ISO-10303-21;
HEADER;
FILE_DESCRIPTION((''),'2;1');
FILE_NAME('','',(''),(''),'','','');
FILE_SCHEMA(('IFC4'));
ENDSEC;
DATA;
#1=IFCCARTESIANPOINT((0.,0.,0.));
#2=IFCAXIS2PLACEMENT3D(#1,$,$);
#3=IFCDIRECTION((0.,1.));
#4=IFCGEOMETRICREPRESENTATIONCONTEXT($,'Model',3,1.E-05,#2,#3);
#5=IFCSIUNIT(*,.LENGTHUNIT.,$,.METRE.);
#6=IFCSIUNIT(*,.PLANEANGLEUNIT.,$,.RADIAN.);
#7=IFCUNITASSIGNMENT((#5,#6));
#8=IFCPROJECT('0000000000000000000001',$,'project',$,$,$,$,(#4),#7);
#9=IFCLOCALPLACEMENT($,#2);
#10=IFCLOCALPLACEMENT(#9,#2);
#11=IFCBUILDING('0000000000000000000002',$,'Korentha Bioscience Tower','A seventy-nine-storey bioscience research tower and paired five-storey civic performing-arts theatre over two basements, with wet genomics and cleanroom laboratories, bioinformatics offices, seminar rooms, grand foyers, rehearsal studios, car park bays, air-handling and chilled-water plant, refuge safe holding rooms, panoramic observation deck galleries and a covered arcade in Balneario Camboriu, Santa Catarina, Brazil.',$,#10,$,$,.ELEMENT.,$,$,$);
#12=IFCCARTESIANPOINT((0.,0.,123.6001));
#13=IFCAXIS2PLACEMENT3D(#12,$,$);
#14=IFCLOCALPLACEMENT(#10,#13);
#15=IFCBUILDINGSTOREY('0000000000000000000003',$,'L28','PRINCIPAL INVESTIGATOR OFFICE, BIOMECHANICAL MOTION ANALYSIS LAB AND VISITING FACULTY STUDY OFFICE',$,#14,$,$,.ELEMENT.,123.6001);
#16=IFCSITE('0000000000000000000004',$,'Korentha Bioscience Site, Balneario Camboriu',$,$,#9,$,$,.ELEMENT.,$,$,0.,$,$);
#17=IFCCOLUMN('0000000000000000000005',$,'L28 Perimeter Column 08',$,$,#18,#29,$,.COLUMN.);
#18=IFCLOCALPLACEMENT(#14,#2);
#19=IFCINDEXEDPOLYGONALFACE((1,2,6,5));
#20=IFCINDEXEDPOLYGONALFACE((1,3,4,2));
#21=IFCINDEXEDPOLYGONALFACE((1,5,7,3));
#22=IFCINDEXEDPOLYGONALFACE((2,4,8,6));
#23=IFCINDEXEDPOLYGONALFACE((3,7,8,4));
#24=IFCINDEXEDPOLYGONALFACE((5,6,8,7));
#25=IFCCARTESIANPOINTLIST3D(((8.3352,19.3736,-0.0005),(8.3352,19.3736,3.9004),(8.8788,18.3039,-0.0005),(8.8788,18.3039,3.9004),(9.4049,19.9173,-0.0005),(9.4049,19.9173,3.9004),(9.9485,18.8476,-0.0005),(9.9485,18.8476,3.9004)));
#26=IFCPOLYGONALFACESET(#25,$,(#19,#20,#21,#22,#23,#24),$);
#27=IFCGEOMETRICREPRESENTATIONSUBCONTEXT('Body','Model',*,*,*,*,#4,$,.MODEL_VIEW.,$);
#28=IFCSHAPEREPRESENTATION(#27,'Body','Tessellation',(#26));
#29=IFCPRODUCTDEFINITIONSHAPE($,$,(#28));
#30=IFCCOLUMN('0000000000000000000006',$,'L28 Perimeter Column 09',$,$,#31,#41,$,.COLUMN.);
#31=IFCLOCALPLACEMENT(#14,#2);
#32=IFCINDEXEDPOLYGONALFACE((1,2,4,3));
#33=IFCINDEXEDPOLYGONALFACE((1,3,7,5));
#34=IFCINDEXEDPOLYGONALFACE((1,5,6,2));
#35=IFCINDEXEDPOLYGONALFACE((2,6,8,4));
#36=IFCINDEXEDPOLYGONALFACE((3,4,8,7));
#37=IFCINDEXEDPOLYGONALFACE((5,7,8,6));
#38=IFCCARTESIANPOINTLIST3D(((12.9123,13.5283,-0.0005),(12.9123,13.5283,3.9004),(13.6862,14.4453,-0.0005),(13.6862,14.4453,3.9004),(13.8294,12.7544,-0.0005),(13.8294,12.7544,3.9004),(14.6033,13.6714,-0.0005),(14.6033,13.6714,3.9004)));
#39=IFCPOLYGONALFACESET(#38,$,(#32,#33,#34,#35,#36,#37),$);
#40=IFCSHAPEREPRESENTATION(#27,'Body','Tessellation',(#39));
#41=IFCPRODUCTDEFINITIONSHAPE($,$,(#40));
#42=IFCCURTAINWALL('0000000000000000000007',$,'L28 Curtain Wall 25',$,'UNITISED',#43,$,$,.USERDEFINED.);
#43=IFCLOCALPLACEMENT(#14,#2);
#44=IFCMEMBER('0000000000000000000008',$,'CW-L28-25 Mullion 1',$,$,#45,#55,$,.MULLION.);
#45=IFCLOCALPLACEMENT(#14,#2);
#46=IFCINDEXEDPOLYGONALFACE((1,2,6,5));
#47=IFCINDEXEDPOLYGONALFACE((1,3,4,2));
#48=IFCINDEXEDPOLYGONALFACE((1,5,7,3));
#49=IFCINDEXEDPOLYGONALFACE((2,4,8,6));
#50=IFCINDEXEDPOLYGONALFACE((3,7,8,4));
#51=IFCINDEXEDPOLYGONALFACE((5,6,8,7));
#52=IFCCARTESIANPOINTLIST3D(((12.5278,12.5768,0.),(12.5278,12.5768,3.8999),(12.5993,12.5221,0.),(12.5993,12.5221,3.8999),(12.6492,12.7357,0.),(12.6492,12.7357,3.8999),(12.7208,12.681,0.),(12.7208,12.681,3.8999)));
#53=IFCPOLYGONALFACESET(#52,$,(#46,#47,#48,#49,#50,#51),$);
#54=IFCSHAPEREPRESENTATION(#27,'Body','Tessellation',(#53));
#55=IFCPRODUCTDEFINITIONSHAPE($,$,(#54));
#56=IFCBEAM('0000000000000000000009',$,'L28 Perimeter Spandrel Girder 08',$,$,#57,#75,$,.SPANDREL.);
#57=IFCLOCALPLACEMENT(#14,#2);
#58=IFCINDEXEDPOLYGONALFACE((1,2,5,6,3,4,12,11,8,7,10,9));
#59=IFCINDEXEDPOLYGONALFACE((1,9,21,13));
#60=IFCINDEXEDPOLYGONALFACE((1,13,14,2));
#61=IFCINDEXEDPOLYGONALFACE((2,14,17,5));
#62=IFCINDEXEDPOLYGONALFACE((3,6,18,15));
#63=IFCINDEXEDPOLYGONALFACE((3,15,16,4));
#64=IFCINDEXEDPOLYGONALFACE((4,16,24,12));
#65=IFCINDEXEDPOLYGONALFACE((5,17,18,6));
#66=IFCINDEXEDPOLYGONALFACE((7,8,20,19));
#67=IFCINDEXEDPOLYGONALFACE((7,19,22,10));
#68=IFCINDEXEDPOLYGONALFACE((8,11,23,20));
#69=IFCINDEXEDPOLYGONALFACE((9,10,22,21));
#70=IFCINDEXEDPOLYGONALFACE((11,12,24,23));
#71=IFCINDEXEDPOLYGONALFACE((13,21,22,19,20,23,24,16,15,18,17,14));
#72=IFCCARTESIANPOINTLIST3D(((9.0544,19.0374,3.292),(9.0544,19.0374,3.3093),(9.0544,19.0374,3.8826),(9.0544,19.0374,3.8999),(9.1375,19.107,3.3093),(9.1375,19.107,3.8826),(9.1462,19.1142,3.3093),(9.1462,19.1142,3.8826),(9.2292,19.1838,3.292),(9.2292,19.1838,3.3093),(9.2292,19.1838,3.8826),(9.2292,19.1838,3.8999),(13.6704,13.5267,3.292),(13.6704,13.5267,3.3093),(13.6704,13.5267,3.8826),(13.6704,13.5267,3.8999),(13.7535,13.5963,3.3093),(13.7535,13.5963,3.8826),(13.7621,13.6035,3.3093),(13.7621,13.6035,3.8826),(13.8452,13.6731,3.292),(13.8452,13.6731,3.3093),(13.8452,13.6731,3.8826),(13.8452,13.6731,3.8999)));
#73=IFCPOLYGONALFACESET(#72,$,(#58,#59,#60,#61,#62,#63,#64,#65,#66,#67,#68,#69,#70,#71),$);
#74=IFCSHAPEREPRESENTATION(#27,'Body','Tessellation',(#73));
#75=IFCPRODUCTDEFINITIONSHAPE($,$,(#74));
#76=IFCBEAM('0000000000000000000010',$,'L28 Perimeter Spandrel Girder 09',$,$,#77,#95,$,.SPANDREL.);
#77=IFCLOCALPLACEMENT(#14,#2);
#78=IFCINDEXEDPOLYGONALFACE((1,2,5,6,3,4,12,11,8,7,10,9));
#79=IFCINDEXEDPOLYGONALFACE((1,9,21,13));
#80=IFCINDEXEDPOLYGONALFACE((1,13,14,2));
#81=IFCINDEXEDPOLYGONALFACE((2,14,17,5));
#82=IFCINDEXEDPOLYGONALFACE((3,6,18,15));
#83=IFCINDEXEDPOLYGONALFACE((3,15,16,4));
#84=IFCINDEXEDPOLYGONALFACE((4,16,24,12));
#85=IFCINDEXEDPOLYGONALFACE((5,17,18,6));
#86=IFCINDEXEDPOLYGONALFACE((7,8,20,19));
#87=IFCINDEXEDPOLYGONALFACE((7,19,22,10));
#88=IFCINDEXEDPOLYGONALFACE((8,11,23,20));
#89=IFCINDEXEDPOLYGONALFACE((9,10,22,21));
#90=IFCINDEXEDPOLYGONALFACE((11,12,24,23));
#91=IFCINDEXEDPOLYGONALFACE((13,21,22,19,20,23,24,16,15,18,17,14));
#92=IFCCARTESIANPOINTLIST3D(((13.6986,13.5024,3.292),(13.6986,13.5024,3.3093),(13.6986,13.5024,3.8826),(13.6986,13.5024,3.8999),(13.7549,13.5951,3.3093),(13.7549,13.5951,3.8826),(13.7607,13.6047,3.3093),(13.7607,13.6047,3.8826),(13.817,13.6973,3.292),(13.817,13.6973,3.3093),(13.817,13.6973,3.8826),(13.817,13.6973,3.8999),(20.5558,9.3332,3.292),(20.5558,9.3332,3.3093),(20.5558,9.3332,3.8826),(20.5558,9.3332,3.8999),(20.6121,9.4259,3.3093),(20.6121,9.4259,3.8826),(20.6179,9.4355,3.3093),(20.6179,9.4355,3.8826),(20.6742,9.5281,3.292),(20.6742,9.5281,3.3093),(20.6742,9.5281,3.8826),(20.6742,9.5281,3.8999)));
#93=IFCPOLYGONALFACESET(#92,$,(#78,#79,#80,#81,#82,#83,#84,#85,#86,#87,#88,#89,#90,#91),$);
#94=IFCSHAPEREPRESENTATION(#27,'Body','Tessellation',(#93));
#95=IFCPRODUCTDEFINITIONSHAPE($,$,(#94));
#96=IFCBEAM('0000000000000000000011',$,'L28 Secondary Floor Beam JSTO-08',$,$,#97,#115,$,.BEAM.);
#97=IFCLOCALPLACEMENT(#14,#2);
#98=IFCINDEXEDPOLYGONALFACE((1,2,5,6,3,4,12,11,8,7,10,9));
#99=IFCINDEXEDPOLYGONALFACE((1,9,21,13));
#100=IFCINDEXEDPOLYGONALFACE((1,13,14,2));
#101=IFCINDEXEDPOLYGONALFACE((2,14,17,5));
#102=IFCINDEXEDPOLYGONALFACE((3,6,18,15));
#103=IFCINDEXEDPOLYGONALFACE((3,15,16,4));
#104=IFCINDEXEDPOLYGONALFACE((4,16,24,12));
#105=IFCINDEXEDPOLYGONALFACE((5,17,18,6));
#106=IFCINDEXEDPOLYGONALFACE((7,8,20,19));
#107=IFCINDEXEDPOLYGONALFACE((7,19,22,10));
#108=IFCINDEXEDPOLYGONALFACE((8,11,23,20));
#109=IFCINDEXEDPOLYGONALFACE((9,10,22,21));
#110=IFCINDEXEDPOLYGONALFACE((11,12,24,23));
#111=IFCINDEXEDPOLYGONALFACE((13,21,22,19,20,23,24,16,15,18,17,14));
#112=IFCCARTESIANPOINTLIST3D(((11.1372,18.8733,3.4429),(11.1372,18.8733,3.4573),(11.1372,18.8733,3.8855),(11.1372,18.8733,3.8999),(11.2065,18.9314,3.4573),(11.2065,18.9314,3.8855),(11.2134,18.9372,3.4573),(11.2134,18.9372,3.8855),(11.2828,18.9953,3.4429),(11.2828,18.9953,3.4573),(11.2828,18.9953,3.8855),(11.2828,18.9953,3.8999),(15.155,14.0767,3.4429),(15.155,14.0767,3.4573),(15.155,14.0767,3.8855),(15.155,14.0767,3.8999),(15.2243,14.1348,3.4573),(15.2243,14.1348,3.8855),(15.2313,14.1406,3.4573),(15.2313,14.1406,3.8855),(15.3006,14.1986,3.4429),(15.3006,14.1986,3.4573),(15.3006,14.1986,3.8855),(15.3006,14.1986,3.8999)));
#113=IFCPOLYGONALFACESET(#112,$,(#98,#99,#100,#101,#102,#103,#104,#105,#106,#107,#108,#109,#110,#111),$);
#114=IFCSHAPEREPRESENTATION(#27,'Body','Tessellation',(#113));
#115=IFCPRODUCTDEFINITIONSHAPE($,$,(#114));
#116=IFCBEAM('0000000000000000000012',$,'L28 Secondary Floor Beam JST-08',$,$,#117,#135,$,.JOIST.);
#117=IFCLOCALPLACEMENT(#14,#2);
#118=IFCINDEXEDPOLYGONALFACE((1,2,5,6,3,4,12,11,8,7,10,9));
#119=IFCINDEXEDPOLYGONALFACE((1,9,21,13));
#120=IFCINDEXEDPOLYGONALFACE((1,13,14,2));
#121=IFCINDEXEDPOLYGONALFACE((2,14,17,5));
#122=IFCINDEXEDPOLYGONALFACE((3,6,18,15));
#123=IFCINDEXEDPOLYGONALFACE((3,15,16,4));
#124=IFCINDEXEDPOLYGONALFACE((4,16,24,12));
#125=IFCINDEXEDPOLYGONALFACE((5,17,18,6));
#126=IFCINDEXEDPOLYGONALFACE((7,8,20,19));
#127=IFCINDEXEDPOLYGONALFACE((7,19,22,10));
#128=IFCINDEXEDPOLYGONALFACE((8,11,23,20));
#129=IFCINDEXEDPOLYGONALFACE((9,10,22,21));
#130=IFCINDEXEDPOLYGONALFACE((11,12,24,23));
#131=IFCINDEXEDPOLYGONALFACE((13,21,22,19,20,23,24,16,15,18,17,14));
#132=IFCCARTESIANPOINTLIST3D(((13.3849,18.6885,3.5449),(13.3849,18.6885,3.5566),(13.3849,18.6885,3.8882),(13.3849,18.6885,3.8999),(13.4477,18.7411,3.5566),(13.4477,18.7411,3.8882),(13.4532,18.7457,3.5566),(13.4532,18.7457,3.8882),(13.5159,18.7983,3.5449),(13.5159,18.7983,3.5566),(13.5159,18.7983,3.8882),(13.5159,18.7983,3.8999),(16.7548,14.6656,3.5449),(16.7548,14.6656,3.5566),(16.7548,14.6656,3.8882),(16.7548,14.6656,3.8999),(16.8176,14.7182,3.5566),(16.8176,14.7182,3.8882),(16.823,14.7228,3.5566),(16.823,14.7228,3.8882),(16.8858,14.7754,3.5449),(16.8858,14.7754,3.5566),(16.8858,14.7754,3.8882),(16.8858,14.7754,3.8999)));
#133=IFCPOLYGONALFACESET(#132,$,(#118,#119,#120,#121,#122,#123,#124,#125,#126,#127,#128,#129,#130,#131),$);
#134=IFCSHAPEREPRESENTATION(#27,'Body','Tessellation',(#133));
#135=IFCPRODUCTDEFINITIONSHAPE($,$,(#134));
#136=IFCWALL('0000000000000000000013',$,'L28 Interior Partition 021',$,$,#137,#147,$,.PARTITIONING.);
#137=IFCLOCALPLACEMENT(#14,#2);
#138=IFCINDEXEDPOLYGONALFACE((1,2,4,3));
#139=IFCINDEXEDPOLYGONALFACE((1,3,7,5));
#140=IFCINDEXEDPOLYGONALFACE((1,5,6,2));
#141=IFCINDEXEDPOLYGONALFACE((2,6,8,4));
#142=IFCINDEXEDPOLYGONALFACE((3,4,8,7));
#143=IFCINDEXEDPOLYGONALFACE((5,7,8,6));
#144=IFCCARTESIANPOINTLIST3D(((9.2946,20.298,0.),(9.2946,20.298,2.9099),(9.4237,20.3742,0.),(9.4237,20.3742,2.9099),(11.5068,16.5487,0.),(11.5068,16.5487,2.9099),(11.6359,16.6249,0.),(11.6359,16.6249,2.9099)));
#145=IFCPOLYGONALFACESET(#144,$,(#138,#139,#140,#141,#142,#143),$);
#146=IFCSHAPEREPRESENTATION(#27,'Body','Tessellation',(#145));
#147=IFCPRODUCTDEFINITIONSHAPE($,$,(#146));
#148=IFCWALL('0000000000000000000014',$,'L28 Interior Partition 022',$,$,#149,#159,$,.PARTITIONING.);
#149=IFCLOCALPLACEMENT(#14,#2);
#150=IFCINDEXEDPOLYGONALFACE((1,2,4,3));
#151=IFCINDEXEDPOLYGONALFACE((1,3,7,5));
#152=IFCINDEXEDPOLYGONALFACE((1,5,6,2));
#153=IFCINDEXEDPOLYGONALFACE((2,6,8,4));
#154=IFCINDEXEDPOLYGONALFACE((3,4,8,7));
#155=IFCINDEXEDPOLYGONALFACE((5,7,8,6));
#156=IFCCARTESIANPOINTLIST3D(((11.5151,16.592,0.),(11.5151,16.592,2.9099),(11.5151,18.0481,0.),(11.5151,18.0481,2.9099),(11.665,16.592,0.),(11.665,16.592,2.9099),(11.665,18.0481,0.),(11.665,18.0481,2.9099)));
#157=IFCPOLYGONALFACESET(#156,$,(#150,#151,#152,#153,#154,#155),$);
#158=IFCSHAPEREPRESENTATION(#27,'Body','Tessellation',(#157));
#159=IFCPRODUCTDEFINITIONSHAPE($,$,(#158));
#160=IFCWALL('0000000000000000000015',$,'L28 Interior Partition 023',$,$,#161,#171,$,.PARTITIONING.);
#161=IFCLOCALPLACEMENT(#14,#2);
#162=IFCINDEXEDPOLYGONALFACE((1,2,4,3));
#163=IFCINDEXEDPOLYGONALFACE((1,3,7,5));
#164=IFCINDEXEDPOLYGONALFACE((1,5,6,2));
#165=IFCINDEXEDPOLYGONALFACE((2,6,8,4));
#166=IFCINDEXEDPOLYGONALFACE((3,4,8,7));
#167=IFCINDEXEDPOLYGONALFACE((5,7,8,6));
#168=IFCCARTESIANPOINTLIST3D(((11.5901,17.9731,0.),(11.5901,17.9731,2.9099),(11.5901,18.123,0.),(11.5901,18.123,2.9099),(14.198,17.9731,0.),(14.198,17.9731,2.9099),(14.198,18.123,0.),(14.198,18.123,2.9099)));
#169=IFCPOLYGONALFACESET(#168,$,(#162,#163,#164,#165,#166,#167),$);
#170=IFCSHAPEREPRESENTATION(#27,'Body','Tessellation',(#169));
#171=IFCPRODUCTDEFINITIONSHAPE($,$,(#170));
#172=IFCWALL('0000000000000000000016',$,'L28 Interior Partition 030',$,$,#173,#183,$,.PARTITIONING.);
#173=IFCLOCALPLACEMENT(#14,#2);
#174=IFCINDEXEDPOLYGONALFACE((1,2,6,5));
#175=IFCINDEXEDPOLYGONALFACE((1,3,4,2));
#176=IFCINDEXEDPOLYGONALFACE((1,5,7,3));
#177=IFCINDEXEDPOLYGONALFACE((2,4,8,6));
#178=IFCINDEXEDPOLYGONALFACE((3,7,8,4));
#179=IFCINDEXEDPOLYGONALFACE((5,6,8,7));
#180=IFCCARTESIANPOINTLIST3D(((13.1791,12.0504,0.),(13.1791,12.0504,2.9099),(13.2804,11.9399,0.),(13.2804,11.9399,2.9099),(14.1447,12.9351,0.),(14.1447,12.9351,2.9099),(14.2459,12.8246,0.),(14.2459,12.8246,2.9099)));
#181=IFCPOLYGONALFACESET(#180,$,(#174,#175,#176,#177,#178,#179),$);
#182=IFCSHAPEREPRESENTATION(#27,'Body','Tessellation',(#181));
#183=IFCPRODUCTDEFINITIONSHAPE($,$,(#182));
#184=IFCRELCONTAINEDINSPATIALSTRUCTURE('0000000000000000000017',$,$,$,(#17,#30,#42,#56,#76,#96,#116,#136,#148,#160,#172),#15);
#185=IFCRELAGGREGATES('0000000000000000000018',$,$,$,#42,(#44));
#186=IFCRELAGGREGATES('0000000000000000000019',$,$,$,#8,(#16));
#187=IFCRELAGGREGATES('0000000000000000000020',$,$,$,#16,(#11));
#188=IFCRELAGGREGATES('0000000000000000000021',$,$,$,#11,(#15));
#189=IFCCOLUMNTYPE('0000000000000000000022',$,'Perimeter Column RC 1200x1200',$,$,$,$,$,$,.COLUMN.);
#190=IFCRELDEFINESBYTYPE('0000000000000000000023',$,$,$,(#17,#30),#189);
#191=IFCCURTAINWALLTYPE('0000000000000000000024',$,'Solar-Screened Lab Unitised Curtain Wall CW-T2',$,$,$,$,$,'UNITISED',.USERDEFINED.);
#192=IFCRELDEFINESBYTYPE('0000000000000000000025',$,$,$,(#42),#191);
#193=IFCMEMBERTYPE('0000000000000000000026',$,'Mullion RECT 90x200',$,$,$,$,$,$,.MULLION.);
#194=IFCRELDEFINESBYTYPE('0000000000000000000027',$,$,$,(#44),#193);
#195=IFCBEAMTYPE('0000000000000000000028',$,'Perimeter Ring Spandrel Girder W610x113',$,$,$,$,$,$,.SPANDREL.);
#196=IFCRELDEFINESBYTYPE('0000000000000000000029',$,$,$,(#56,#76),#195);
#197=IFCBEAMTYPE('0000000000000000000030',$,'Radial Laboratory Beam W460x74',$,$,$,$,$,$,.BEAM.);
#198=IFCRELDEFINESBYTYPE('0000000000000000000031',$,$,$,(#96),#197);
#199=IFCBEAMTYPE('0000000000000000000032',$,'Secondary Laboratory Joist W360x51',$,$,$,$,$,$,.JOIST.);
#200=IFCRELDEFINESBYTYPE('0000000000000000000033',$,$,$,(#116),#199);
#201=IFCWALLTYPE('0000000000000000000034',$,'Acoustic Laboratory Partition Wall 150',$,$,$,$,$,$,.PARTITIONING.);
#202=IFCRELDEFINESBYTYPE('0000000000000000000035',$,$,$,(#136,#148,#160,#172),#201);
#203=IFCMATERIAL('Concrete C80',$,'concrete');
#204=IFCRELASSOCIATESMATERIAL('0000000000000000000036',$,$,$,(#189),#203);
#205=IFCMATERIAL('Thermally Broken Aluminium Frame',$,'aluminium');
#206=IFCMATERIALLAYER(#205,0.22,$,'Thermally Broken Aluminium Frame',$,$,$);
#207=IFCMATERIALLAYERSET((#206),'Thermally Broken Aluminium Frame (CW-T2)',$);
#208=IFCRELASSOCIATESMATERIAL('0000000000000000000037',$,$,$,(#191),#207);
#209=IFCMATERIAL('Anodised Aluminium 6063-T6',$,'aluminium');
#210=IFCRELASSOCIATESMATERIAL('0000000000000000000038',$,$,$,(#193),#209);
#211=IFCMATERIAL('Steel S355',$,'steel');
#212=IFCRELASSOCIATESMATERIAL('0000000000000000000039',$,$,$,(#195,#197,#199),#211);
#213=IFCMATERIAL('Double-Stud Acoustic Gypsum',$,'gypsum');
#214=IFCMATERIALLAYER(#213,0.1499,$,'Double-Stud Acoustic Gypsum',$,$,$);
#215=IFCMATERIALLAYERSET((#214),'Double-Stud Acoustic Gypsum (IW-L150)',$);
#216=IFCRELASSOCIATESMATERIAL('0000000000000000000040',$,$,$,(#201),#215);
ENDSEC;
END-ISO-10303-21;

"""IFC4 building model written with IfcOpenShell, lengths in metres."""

from ifc_helpers import new_model, si_unit, direction, frame, frame_2d, origin, origin_2d, place, context, subcontext, project, spatial, rectangle, i_section, extrude, material, layer, layer_set, material_profile, profile_set, type_object, element, aggregate, save


model = new_model("IFC4")

# Units and contexts
model_context = context("Model", 3, precision=1e-05, world=origin(), true_north=direction((0.0, 1.0)))
body_context = subcontext(model_context, "Body", "Model", "MODEL_VIEW")
ifc_project = project(units=[si_unit("LENGTHUNIT", "METRE"), si_unit("PLANEANGLEUNIT", "RADIAN")], contexts=[model_context])

# Site, building, storey
site_placement = place(None, origin())
site = spatial("IfcSite", under=ifc_project, at=site_placement, Name="Korentha Bioscience Site, Balneario Camboriu", CompositionType="ELEMENT", RefElevation=0.0)
building_placement = place(site_placement, origin())
building = spatial("IfcBuilding", under=site, at=building_placement, Name="Korentha Bioscience Tower", Description="A seventy-nine-storey bioscience research tower and paired five-storey civic performing-arts theatre over two basements, with wet genomics and cleanroom laboratories, bioinformatics offices, seminar rooms, grand foyers, rehearsal studios, car park bays, air-handling and chilled-water plant, refuge safe holding rooms, panoramic observation deck galleries and a covered arcade in Balneario Camboriu, Santa Catarina, Brazil.", CompositionType="ELEMENT")
storey_placement = place(building_placement, frame((0.0, 0.0, 123.6001)))
storey = spatial("IfcBuildingStorey", under=building, at=storey_placement, Name="L28", Description="PRINCIPAL INVESTIGATOR OFFICE, BIOMECHANICAL MOTION ANALYSIS LAB AND VISITING FACULTY STUDY OFFICE", CompositionType="ELEMENT", Elevation=123.6001)

# Columns
ifc_material_1 = material(Name="Concrete C80", Category="concrete")
ifc_material_profile_1 = material_profile(ifc_material_1, rectangle(XDim=1.2, YDim=1.2, at=origin_2d()), Name="Concrete C80")
ifc_profile_set_1 = profile_set([ifc_material_profile_1], Name="Concrete C80 (COL-P12)")
column_type = type_object("IfcColumnType", Name="Perimeter Column RC 1200x1200", PredefinedType="COLUMN", material=ifc_profile_set_1)
for number, where, z_axis, x_axis, name in (
    (1, (9.1418, 19.1106, -0.0005), (0.0, 0.0, 1.0), (-0.453057, 0.891481, 0.0), "L28 Perimeter Column 08"),
    (2, (13.7578, 13.5999, -0.0005), (0.0, 0.0, 1.0), (-0.764246, 0.644924, 0.0), "L28 Perimeter Column 09"),
):
    element("IfcColumn", number, at=place(storey_placement, frame(where, z_axis=z_axis, x_axis=x_axis)), inside=storey, type_object=column_type, Name=name, PredefinedType="COLUMN", context=body_context, shape_type="SweptSolid", body=[
        extrude(rectangle(XDim=1.2, YDim=1.2, at=origin_2d()), origin(), (0.0, 0.0, 1.0), 3.9009),
    ])

# Curtain wall, member
ifc_material_2 = material(Name="Thermally Broken Aluminium Frame", Category="aluminium")
ifc_layer_1 = layer(ifc_material_2, 0.22, Name="Thermally Broken Aluminium Frame")
ifc_layer_set_1 = layer_set([ifc_layer_1], Name="Thermally Broken Aluminium Frame (CW-T2)")
curtain_wall_type = type_object("IfcCurtainWallType", Name="Solar-Screened Lab Unitised Curtain Wall CW-T2", ElementType="UNITISED", PredefinedType="USERDEFINED", material=ifc_layer_set_1)
curtain_wall_placement = place(storey_placement, origin())
curtain_wall = element("IfcCurtainWall", 3, at=curtain_wall_placement, inside=storey, type_object=curtain_wall_type, Name="L28 Curtain Wall 25", ObjectType="UNITISED", PredefinedType="USERDEFINED")
ifc_material_3 = material(Name="Anodised Aluminium 6063-T6", Category="aluminium")
ifc_material_profile_2 = material_profile(ifc_material_3, rectangle(XDim=0.0901, YDim=0.2, at=origin_2d()), Name="Anodised Aluminium 6063-T6")
ifc_profile_set_2 = profile_set([ifc_material_profile_2], Name="Anodised Aluminium 6063-T6 (CW-MUL)")
member_type = type_object("IfcMemberType", Name="Mullion RECT 90x200", PredefinedType="MULLION", material=ifc_profile_set_2)
member_placement = place(storey_placement, frame((12.6243, 12.6289, 0.0), z_axis=(0.0, 0.0, 1.0), x_axis=(0.7945, -0.607265, 0.0)))
member = element("IfcMember", 4, at=member_placement, type_object=member_type, Name="CW-L28-25 Mullion 1", PredefinedType="MULLION", context=body_context, shape_type="SweptSolid", body=[
    extrude(rectangle(XDim=0.0901, YDim=0.2, at=origin_2d()), origin(), (0.0, 0.0, 1.0), 3.8999),
])
aggregate(curtain_wall, [member])

# Beams
ifc_material_4 = material(Name="Steel S355", Category="steel")
ifc_material_profile_3 = material_profile(ifc_material_4, i_section(OverallWidth=0.228, OverallDepth=0.6079, WebThickness=0.0112, FlangeThickness=0.0173, at=origin_2d()), Name="Steel S355")
ifc_profile_set_3 = profile_set([ifc_material_profile_3], Name="Steel S355 (SB-610)")
beam_type_1 = type_object("IfcBeamType", Name="Perimeter Ring Spandrel Girder W610x113", PredefinedType="SPANDREL", material=ifc_profile_set_3)
beam_1_placement = place(storey_placement, frame((9.1418, 19.1106, 3.5959), z_axis=(0.642127, -0.766599, 0.0), x_axis=(0.766599, 0.642127, 0.0)))
element("IfcBeam", 5, at=beam_1_placement, inside=storey, type_object=beam_type_1, Name="L28 Perimeter Spandrel Girder 08", PredefinedType="SPANDREL", context=body_context, shape_type="SweptSolid", body=[
    extrude(i_section(OverallWidth=0.228, OverallDepth=0.6079, WebThickness=0.0112, FlangeThickness=0.0173, at=origin_2d()), origin(), (0.0, 0.0, 1.0), 7.1885),
])
beam_2_placement = place(storey_placement, frame((13.7578, 13.5999, 3.5959), z_axis=(0.854461, -0.519515, 0.0), x_axis=(0.519515, 0.854461, 0.0)))
element("IfcBeam", 6, at=beam_2_placement, inside=storey, type_object=beam_type_1, Name="L28 Perimeter Spandrel Girder 09", PredefinedType="SPANDREL", context=body_context, shape_type="SweptSolid", body=[
    extrude(i_section(OverallWidth=0.228, OverallDepth=0.6079, WebThickness=0.0112, FlangeThickness=0.0173, at=origin_2d()), origin(), (0.0, 0.0, 1.0), 8.0251),
])
ifc_material_profile_4 = material_profile(ifc_material_4, i_section(OverallWidth=0.1899, OverallDepth=0.457, WebThickness=0.009, FlangeThickness=0.0144, at=origin_2d()), Name="Steel S355")
ifc_profile_set_4 = profile_set([ifc_material_profile_4], Name="Steel S355 (RB-460)")
beam_type_2 = type_object("IfcBeamType", Name="Radial Laboratory Beam W460x74", PredefinedType="BEAM", material=ifc_profile_set_4)
beam_3_placement = place(storey_placement, frame((11.21, 18.9343, 3.6714), z_axis=(0.642128, -0.766597, 0.0), x_axis=(0.766597, 0.642128, 0.0)))
element("IfcBeam", 7, at=beam_3_placement, inside=storey, type_object=beam_type_2, Name="L28 Secondary Floor Beam JSTO-08", PredefinedType="BEAM", context=body_context, shape_type="SweptSolid", body=[
    extrude(i_section(OverallWidth=0.1899, OverallDepth=0.457, WebThickness=0.009, FlangeThickness=0.0144, at=origin_2d()), origin(), (0.0, 0.0, 1.0), 6.2571),
])
ifc_material_profile_5 = material_profile(ifc_material_4, i_section(OverallWidth=0.1709, OverallDepth=0.355, WebThickness=0.0071, FlangeThickness=0.0117, at=origin_2d()), Name="Steel S355")
ifc_profile_set_5 = profile_set([ifc_material_profile_5], Name="Steel S355 (JB-360)")
beam_type_3 = type_object("IfcBeamType", Name="Secondary Laboratory Joist W360x51", PredefinedType="JOIST", material=ifc_profile_set_5)
beam_4_placement = place(storey_placement, frame((13.4504, 18.7434, 3.7224), z_axis=(0.642141, -0.766587, 0.0), x_axis=(0.766587, 0.642141, 0.0)))
element("IfcBeam", 8, at=beam_4_placement, inside=storey, type_object=beam_type_3, Name="L28 Secondary Floor Beam JST-08", PredefinedType="JOIST", context=body_context, shape_type="SweptSolid", body=[
    extrude(i_section(OverallWidth=0.1709, OverallDepth=0.355, WebThickness=0.0071, FlangeThickness=0.0117, at=origin_2d()), origin(), (0.0, 0.0, 1.0), 5.2478),
])

# Walls
ifc_material_5 = material(Name="Double-Stud Acoustic Gypsum", Category="gypsum")
ifc_layer_2 = layer(ifc_material_5, 0.1499, Name="Double-Stud Acoustic Gypsum")
ifc_layer_set_2 = layer_set([ifc_layer_2], Name="Double-Stud Acoustic Gypsum (IW-L150)")
wall_type_1 = type_object("IfcWallType", Name="Acoustic Laboratory Partition Wall 150", PredefinedType="PARTITIONING", material=ifc_layer_set_2)
wall_1_placement = place(storey_placement, frame((9.3591, 20.3362, 0.0), z_axis=(0.0, 0.0, 1.0), x_axis=(0.508164, -0.86126, 0.0)))
element("IfcWall", 9, at=wall_1_placement, inside=storey, type_object=wall_type_1, Name="L28 Interior Partition 021", PredefinedType="PARTITIONING", context=body_context, shape_type="SweptSolid", body=[
    extrude(rectangle(XDim=4.3533, YDim=0.1499, at=frame_2d((2.1768, 0.0))), origin(), (0.0, 0.0, 1.0), 2.9099),
])
wall_2_placement = place(storey_placement, frame((11.5901, 16.592, 0.0), z_axis=(0.0, 0.0, 1.0), x_axis=(0.0, 1.0, 0.0)))
element("IfcWall", 10, at=wall_2_placement, inside=storey, type_object=wall_type_1, Name="L28 Interior Partition 022", PredefinedType="PARTITIONING", context=body_context, shape_type="SweptSolid", body=[
    extrude(rectangle(XDim=1.4561, YDim=0.1499, at=frame_2d((0.728, 0.0))), origin(), (0.0, 0.0, 1.0), 2.9099),
])
wall_3_placement = place(storey_placement, frame((11.5901, 18.0481, 0.0), z_axis=(0.0, 0.0, 1.0), x_axis=(1.0, 0.0, 0.0)))
element("IfcWall", 11, at=wall_3_placement, inside=storey, type_object=wall_type_1, Name="L28 Interior Partition 023", PredefinedType="PARTITIONING", context=body_context, shape_type="SweptSolid", body=[
    extrude(rectangle(XDim=2.6079, YDim=0.1499, at=frame_2d((1.304, 0.0))), origin(), (0.0, 0.0, 1.0), 2.9099),
])
wall_4_placement = place(storey_placement, frame((14.1953, 12.8799, 0.0), z_axis=(0.0, 0.0, 1.0), x_axis=(-0.737286, -0.675581, 0.0)))
element("IfcWall", 12, at=wall_4_placement, inside=storey, type_object=wall_type_1, Name="L28 Interior Partition 030", PredefinedType="PARTITIONING", context=body_context, shape_type="SweptSolid", body=[
    extrude(rectangle(XDim=1.3096, YDim=0.1499, at=frame_2d((0.6548, 0.0))), origin(), (0.0, 0.0, 1.0), 2.9099),
])

save(model, "model.ifc")
